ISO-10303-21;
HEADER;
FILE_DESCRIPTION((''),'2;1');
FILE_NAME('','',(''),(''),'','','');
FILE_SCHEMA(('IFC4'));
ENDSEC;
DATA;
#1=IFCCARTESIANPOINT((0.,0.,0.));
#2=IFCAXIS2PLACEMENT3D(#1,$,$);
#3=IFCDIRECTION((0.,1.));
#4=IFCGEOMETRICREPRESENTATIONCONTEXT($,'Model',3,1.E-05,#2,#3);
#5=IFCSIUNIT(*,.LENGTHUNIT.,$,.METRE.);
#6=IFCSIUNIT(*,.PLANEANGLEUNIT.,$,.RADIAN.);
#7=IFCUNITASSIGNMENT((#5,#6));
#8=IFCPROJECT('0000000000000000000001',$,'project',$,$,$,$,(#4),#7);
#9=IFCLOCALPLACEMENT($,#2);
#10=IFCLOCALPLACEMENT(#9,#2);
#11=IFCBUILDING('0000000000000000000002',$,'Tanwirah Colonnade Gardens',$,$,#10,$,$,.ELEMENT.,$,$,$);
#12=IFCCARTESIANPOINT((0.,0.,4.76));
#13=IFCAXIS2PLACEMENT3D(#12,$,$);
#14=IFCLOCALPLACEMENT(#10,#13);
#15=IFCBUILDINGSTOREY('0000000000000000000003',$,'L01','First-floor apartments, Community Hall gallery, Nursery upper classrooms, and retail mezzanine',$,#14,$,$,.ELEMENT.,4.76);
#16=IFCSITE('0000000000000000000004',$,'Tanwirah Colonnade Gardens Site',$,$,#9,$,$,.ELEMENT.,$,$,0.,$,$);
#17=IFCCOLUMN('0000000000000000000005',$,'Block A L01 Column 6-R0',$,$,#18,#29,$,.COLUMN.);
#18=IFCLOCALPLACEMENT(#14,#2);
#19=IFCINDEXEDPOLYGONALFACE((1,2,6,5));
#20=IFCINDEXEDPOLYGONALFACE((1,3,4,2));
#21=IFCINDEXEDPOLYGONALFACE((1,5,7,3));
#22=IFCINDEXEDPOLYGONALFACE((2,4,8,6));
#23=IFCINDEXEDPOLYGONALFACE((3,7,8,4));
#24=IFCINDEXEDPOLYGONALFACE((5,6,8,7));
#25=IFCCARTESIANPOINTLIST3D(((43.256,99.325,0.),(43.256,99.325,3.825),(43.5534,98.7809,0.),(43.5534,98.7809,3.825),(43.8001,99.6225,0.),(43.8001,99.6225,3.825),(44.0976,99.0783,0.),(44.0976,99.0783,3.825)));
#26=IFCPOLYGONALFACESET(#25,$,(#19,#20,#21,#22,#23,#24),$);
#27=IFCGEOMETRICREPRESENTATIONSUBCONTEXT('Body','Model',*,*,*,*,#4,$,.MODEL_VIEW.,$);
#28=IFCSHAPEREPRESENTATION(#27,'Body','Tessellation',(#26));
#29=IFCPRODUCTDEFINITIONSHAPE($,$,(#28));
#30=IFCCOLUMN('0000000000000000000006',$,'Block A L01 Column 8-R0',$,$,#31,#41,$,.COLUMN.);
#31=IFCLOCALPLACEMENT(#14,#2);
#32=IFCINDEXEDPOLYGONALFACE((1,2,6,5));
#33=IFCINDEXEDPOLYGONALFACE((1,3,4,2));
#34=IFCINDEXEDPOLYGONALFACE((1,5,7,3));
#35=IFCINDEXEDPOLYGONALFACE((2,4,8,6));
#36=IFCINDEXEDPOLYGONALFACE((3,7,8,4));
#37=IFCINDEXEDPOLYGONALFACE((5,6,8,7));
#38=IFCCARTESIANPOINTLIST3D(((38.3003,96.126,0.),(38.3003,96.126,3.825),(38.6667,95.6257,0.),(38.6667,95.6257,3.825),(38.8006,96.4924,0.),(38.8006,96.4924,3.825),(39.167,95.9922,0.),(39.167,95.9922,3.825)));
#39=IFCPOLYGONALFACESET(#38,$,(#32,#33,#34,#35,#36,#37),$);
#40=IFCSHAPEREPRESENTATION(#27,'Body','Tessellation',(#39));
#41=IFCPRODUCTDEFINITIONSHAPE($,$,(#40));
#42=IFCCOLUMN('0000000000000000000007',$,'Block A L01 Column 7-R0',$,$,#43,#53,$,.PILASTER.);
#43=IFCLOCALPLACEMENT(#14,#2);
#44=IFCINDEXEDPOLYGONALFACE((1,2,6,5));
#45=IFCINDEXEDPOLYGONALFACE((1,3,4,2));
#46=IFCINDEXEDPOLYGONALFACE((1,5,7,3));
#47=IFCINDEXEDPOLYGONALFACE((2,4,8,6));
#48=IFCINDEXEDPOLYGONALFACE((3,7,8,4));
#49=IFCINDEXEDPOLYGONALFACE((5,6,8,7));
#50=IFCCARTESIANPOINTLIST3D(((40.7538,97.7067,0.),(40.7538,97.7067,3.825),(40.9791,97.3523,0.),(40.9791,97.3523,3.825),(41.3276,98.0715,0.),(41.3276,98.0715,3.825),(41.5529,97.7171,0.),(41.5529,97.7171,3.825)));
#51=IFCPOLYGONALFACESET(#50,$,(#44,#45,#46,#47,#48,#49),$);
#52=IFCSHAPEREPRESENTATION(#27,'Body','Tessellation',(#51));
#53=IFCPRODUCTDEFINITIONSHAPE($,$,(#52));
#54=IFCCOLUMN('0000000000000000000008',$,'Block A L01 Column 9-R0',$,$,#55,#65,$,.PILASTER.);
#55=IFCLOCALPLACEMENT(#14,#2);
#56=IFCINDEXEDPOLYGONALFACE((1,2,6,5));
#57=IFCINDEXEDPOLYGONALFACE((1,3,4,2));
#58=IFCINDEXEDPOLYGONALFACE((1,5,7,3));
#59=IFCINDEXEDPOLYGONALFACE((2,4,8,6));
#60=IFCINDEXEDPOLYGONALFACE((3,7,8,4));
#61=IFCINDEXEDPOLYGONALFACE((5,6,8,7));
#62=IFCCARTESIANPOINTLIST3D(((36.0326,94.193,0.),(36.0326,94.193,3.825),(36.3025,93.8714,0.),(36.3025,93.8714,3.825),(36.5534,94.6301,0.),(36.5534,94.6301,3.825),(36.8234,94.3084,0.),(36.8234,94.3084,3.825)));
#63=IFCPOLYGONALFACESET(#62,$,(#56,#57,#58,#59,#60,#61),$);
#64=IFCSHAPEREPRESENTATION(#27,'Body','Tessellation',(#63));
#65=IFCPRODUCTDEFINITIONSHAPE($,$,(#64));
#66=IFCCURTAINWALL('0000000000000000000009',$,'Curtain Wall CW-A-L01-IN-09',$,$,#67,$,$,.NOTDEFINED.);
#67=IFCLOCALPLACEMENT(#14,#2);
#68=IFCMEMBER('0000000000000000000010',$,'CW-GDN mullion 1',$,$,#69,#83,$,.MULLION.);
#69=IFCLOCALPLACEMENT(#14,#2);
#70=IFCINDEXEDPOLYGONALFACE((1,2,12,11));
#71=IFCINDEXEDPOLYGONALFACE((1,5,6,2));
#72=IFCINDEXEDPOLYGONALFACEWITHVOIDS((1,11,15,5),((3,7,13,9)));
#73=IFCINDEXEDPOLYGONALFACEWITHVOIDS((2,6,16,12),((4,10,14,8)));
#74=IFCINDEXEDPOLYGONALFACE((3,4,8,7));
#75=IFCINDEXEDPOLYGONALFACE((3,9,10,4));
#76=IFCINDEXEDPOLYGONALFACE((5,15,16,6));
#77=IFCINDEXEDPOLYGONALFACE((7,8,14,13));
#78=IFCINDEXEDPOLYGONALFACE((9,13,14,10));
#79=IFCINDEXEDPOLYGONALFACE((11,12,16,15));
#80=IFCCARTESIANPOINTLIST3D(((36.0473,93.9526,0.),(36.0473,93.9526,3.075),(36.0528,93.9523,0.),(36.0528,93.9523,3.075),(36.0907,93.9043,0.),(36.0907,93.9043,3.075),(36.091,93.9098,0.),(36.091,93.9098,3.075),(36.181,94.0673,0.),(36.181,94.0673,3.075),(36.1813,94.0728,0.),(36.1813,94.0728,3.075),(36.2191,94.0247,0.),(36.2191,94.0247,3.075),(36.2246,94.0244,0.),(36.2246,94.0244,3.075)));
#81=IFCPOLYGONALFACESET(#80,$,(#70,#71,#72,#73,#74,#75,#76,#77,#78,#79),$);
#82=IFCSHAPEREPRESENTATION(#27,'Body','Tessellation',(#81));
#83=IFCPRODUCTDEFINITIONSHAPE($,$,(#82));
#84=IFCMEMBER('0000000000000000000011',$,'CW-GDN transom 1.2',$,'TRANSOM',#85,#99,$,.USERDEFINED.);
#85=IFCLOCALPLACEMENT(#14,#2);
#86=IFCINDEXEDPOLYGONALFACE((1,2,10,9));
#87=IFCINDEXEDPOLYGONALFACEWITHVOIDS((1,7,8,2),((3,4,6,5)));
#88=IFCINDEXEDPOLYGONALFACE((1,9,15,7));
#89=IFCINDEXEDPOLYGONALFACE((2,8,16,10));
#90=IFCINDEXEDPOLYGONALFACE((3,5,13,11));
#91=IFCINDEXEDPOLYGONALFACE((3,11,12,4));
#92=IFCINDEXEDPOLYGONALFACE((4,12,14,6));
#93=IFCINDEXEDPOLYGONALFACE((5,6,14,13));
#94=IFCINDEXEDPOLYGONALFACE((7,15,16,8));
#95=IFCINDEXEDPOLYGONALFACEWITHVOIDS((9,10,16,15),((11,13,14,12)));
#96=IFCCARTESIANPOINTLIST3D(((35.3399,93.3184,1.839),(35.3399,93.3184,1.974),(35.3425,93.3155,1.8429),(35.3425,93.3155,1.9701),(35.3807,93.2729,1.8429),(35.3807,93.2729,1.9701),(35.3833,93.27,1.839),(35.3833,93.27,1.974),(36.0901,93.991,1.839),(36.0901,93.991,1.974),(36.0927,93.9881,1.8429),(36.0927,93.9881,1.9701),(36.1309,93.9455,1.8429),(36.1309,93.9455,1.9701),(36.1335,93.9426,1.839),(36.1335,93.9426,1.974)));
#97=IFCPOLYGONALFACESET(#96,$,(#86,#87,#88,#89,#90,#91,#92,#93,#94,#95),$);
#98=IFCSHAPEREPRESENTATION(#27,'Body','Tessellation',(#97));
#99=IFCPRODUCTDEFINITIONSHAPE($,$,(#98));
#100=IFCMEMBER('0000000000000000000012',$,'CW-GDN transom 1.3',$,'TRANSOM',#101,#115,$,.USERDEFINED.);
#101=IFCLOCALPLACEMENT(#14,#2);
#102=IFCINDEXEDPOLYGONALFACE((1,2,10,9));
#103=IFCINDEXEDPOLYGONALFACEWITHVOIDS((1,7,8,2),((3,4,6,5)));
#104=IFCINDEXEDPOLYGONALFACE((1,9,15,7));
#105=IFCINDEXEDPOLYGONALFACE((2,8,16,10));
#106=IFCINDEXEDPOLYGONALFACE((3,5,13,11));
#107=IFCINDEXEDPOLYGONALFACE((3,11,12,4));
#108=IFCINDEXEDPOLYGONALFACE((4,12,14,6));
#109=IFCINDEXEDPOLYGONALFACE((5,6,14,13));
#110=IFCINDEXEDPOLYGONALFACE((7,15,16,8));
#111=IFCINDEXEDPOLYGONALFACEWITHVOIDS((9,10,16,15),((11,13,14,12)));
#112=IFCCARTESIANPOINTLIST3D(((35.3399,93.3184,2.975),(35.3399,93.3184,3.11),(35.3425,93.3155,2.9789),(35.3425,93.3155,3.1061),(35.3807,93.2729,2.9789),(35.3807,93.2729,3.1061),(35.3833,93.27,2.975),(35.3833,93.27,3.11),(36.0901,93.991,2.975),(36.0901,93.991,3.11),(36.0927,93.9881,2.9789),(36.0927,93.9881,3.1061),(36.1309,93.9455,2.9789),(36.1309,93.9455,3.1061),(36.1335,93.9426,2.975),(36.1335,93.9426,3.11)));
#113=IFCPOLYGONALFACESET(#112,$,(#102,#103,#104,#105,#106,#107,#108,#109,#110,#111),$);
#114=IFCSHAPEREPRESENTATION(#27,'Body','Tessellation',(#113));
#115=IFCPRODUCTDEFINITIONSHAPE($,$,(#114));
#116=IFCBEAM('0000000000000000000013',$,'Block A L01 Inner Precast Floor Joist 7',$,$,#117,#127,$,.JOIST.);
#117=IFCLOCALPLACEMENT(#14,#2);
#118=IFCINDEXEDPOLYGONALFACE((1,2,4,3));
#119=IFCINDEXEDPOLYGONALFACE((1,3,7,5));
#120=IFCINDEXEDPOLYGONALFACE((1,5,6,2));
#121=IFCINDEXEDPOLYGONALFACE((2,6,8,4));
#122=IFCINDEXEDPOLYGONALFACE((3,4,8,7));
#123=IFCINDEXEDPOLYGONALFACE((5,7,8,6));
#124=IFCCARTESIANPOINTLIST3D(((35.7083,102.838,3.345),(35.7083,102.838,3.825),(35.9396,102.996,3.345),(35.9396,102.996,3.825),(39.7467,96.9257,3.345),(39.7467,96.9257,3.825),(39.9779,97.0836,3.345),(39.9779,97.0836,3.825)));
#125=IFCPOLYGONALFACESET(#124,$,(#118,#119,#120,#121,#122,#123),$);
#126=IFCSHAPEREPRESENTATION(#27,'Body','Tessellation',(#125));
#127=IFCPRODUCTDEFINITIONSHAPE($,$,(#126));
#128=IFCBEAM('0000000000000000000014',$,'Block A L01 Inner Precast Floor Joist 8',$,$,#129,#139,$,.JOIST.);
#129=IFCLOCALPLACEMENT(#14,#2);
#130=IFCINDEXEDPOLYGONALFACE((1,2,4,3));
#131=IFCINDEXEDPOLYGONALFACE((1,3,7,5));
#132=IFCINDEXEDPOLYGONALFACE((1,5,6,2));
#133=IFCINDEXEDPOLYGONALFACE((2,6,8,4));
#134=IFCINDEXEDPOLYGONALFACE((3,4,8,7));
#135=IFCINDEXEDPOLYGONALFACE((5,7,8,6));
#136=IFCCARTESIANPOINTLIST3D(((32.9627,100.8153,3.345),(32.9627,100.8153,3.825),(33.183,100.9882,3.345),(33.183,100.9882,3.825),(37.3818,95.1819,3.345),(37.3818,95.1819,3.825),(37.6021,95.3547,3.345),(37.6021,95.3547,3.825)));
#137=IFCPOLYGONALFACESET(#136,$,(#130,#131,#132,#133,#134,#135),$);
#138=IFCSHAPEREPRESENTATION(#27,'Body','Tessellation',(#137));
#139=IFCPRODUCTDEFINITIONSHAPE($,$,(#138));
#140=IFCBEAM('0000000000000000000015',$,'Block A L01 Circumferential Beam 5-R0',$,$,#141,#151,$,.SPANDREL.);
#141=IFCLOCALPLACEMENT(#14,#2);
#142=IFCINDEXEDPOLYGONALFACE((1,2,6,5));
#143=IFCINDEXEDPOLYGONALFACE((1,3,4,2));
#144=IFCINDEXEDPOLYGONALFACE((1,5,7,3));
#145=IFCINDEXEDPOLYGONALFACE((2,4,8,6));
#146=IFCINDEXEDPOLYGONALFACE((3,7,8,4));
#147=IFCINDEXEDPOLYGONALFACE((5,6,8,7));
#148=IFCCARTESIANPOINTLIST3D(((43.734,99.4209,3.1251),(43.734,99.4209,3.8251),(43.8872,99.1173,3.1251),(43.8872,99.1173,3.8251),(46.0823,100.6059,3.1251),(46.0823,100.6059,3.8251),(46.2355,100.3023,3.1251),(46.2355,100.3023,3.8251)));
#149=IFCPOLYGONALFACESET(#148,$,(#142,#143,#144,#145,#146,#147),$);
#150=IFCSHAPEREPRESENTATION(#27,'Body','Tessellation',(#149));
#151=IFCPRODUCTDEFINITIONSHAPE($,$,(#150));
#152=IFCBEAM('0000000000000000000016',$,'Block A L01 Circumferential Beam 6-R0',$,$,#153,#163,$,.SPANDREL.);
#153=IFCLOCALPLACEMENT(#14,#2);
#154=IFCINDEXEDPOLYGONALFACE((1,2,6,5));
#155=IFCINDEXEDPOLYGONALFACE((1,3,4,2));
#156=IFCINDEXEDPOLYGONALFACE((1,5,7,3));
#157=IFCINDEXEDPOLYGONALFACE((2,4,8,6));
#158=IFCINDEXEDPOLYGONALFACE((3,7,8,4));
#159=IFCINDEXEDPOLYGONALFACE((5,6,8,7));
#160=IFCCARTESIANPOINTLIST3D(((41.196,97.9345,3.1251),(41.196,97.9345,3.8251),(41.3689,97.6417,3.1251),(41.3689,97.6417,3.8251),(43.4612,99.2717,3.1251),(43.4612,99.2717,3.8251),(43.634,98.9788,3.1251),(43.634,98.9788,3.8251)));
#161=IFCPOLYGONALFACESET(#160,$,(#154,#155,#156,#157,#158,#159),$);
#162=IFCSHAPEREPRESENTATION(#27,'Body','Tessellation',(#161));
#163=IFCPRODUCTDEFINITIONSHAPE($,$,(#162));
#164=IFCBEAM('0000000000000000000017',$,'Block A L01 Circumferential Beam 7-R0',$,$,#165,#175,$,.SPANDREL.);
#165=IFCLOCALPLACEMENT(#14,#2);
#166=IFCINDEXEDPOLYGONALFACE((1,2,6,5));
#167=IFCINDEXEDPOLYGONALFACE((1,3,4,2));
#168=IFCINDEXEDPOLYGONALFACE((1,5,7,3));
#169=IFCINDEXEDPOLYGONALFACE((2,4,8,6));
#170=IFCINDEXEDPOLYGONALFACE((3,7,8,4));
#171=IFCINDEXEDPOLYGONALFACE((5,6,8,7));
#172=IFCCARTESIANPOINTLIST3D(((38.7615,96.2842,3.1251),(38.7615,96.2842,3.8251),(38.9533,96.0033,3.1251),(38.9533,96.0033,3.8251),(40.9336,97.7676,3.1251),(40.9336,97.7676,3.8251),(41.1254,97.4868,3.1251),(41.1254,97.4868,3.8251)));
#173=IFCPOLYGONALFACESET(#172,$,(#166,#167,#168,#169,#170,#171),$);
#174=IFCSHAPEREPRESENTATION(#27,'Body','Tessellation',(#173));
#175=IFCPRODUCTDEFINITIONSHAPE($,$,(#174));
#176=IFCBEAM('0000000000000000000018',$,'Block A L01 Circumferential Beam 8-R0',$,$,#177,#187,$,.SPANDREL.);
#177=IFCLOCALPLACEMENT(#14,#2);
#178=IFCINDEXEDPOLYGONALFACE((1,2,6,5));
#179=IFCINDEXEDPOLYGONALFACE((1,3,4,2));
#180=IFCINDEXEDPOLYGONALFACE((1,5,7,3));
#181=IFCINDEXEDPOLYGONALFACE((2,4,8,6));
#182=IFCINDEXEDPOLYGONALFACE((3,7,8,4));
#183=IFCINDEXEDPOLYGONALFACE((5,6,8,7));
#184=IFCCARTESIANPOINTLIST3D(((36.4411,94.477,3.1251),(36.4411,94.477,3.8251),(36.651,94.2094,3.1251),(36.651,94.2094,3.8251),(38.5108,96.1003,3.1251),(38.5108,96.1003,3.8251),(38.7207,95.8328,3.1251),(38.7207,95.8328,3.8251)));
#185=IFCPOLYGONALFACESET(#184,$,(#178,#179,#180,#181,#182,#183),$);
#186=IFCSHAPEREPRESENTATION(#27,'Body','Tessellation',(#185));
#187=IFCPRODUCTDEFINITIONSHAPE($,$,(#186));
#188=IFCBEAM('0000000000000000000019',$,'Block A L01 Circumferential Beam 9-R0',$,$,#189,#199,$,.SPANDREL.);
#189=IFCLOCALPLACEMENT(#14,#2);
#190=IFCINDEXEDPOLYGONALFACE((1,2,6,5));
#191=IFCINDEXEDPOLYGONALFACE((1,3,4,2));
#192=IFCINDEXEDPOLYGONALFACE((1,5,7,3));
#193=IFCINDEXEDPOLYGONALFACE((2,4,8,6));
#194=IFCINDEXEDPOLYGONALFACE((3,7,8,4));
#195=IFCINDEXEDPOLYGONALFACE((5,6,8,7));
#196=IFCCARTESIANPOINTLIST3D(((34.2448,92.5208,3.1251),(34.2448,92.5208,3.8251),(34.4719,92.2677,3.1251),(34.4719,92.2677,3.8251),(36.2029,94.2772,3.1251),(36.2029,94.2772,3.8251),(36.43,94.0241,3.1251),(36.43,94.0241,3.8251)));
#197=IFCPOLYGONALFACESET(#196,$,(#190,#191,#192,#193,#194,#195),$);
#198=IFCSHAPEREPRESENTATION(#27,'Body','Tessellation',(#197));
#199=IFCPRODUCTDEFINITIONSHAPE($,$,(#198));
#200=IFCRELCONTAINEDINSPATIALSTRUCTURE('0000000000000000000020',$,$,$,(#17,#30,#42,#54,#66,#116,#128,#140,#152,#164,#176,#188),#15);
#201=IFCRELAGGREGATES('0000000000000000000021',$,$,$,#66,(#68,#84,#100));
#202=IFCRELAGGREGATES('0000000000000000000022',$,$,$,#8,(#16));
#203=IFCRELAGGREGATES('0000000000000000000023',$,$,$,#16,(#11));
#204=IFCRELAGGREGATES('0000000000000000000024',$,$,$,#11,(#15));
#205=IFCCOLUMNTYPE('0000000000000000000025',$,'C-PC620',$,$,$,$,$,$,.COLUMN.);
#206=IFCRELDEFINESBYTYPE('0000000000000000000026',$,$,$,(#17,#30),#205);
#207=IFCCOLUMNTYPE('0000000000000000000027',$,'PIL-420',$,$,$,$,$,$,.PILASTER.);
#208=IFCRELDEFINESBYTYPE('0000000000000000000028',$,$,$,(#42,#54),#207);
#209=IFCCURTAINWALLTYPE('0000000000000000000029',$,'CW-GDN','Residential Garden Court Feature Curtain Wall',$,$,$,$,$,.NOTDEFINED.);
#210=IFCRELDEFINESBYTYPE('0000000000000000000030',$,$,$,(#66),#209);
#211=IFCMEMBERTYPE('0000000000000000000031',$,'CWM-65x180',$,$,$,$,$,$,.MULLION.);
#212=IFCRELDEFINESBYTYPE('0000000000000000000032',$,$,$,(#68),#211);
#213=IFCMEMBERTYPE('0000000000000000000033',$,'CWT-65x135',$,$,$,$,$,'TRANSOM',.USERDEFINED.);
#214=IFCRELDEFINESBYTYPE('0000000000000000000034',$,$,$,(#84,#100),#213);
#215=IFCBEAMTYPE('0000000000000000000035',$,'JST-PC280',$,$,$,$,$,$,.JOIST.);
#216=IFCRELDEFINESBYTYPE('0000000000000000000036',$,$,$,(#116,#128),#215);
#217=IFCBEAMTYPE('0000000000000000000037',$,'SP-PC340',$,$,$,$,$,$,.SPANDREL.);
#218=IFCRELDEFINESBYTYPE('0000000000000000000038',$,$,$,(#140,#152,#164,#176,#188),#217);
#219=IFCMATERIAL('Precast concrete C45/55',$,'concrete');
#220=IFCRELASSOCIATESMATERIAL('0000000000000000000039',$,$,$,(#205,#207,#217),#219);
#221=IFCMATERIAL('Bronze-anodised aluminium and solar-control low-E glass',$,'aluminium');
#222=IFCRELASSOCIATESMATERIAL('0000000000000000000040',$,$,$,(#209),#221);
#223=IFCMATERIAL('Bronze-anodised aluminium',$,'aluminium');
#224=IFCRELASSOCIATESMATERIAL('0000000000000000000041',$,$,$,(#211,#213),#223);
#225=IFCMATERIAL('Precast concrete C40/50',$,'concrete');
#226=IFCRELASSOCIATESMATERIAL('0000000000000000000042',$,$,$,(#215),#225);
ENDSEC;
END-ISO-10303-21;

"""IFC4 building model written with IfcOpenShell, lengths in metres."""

from ifc_helpers import new_model, si_unit, direction, frame, origin, origin_2d, place, context, subcontext, project, spatial, rectangle, hollow_rectangle, extrude, material, material_profile, profile_set, type_object, element, aggregate, save


model = new_model("IFC4")

# Units and contexts
model_context = context("Model", 3, precision=1e-05, world=origin(), true_north=direction((0.0, 1.0)))
body_context = subcontext(model_context, "Body", "Model", "MODEL_VIEW")
ifc_project = project(units=[si_unit("LENGTHUNIT", "METRE"), si_unit("PLANEANGLEUNIT", "RADIAN")], contexts=[model_context])

# Site, building, storey
site_placement = place(None, origin())
site = spatial("IfcSite", under=ifc_project, at=site_placement, Name="Tanwirah Colonnade Gardens Site", CompositionType="ELEMENT", RefElevation=0.0)
building_placement = place(site_placement, origin())
building = spatial("IfcBuilding", under=site, at=building_placement, Name="Tanwirah Colonnade Gardens", CompositionType="ELEMENT")
storey_placement = place(building_placement, frame((0.0, 0.0, 4.76)))
storey = spatial("IfcBuildingStorey", under=building, at=storey_placement, Name="L01", Description="First-floor apartments, Community Hall gallery, Nursery upper classrooms, and retail mezzanine", CompositionType="ELEMENT", Elevation=4.76)

# Columns
ifc_material_1 = material(Name="Precast concrete C45/55", Category="concrete")
ifc_material_profile_1 = material_profile(ifc_material_1, rectangle(XDim=0.6201, YDim=0.6201, at=origin_2d()), Name="PC-COL 620x620")
ifc_profile_set_1 = profile_set([ifc_material_profile_1], Name="Precast concrete C45/55")
column_type_1 = type_object("IfcColumnType", Name="C-PC620", PredefinedType="COLUMN", material=ifc_profile_set_1)
for number, where, z_axis, x_axis, name in (
    (1, (43.6768, 99.2017, 0.0), (0.0, 0.0, 1.0), (-0.479713, 0.877425, 0.0), "Block A L01 Column 6-R0"),
    (2, (38.7336, 96.0591, 0.0), (0.0, 0.0, 1.0), (-0.590919, 0.806731, 0.0), "Block A L01 Column 8-R0"),
):
    element("IfcColumn", number, at=place(storey_placement, frame(where, z_axis=z_axis, x_axis=x_axis)), inside=storey, type_object=column_type_1, Name=name, PredefinedType="COLUMN", context=body_context, shape_type="SweptSolid", body=[
        extrude(rectangle(XDim=0.6201, YDim=0.6201, at=origin_2d()), origin(), (0.0, 0.0, 1.0), 3.825),
    ])
ifc_material_profile_2 = material_profile(ifc_material_1, rectangle(XDim=0.4199, YDim=0.6799, at=origin_2d()), Name="PC-PIL 420x680")
ifc_profile_set_2 = profile_set([ifc_material_profile_2], Name="Precast concrete C45/55")
column_type_2 = type_object("IfcColumnType", Name="PIL-420", PredefinedType="PILASTER", material=ifc_profile_set_2)
for number, where, z_axis, x_axis, name in (
    (3, (41.1533, 97.7119, 0.0), (0.0, 0.0, 1.0), (-0.536482, 0.843912, 0.0), "Block A L01 Column 7-R0"),
    (4, (36.428, 94.2507, 0.0), (0.0, 0.0, 1.0), (-0.642788, 0.766044, 0.0), "Block A L01 Column 9-R0"),
):
    element("IfcColumn", number, at=place(storey_placement, frame(where, z_axis=z_axis, x_axis=x_axis)), inside=storey, type_object=column_type_2, Name=name, PredefinedType="PILASTER", context=body_context, shape_type="SweptSolid", body=[
        extrude(rectangle(XDim=0.4199, YDim=0.6799, at=origin_2d()), origin(), (0.0, 0.0, 1.0), 3.825),
    ])

# Curtain wall, members
ifc_material_2 = material(Name="Bronze-anodised aluminium and solar-control low-E glass", Category="aluminium")
curtain_wall_type = type_object("IfcCurtainWallType", Name="CW-GDN", Description="Residential Garden Court Feature Curtain Wall", PredefinedType="NOTDEFINED", material=ifc_material_2)
curtain_wall_placement = place(storey_placement, origin())
curtain_wall = element("IfcCurtainWall", 5, at=curtain_wall_placement, inside=storey, type_object=curtain_wall_type, Name="Curtain Wall CW-A-L01-IN-09", PredefinedType="NOTDEFINED")
ifc_material_3 = material(Name="Bronze-anodised aluminium", Category="aluminium")
ifc_material_profile_3 = material_profile(ifc_material_3, hollow_rectangle(XDim=0.0649, YDim=0.1799, WallThickness=0.0039, at=origin_2d()), Name="CW-MUL 65x180x4")
ifc_profile_set_3 = profile_set([ifc_material_profile_3], Name="Bronze-anodised aluminium")
member_type_1 = type_object("IfcMemberType", Name="CWM-65x180", PredefinedType="MULLION", material=ifc_profile_set_3)
member_1_placement = place(storey_placement, frame((36.136, 93.9885, 0.0), z_axis=(0.0, 0.0, 1.0), x_axis=(0.667689, -0.74444, 0.0)))
member_1 = element("IfcMember", 6, at=member_1_placement, type_object=member_type_1, Name="CW-GDN mullion 1", PredefinedType="MULLION", context=body_context, shape_type="SweptSolid", body=[
    extrude(hollow_rectangle(XDim=0.0649, YDim=0.1799, WallThickness=0.0039, at=origin_2d()), origin(), (0.0, 0.0, 1.0), 3.075),
])
ifc_material_profile_4 = material_profile(ifc_material_3, hollow_rectangle(XDim=0.0649, YDim=0.135, WallThickness=0.0039, at=origin_2d()), Name="CW-TRN 65x135x4")
ifc_profile_set_4 = profile_set([ifc_material_profile_4], Name="Bronze-anodised aluminium")
member_type_2 = type_object("IfcMemberType", Name="CWT-65x135", ElementType="TRANSOM", PredefinedType="USERDEFINED", material=ifc_profile_set_4)
member_2_placement = place(storey_placement, frame((36.1118, 93.9668, 1.9065), z_axis=(-0.744582, -0.667531, 0.0), x_axis=(0.667531, -0.744582, 0.0)))
member_2 = element("IfcMember", 7, at=member_2_placement, type_object=member_type_2, Name="CW-GDN transom 1.2", ObjectType="TRANSOM", PredefinedType="USERDEFINED", context=body_context, shape_type="SweptSolid", body=[
    extrude(hollow_rectangle(XDim=0.0649, YDim=0.135, WallThickness=0.0039, at=origin_2d()), origin(), (0.0, 0.0, 1.0), 1.0076),
])
member_3_placement = place(storey_placement, frame((36.1118, 93.9668, 3.0425), z_axis=(-0.744582, -0.667531, 0.0), x_axis=(0.667531, -0.744582, 0.0)))
member_3 = element("IfcMember", 8, at=member_3_placement, type_object=member_type_2, Name="CW-GDN transom 1.3", ObjectType="TRANSOM", PredefinedType="USERDEFINED", context=body_context, shape_type="SweptSolid", body=[
    extrude(hollow_rectangle(XDim=0.0649, YDim=0.135, WallThickness=0.0039, at=origin_2d()), origin(), (0.0, 0.0, 1.0), 1.0076),
])
aggregate(curtain_wall, [member_1, member_2, member_3])

# Beams
ifc_material_4 = material(Name="Precast concrete C40/50", Category="concrete")
ifc_material_profile_5 = material_profile(ifc_material_4, rectangle(XDim=0.28, YDim=0.48, at=origin_2d()), Name="PC-JST 280x480")
ifc_profile_set_5 = profile_set([ifc_material_profile_5], Name="Precast concrete C40/50")
beam_type_1 = type_object("IfcBeamType", Name="JST-PC280", PredefinedType="JOIST", material=ifc_profile_set_5)
for number, where, z_axis, x_axis, name in (
    (9, (39.8623, 97.0046, 3.585), (-0.564021, 0.82576, 0.0), (-0.82576, -0.564021, 0.0), "Block A L01 Inner Precast Floor Joist 7"),
    (10, (37.4919, 95.2683, 3.585), (-0.617202, 0.786804, 0.0), (-0.786804, -0.617202, 0.0), "Block A L01 Inner Precast Floor Joist 8"),
):
    element("IfcBeam", number, at=place(storey_placement, frame(where, z_axis=z_axis, x_axis=x_axis)), inside=storey, type_object=beam_type_1, Name=name, PredefinedType="JOIST", context=body_context, shape_type="SweptSolid", body=[
        extrude(rectangle(XDim=0.28, YDim=0.48, at=origin_2d()), origin(), (0.0, 0.0, 1.0), 7.1599),
    ])
ifc_material_profile_6 = material_profile(ifc_material_1, rectangle(XDim=0.3401, YDim=0.7, at=origin_2d()), Name="PC-SP 340x700")
ifc_profile_set_6 = profile_set([ifc_material_profile_6], Name="Precast concrete C45/55")
beam_type_2 = type_object("IfcBeamType", Name="SP-PC340", PredefinedType="SPANDREL", material=ifc_profile_set_6)
for number, where, z_axis, x_axis, name in (
    (11, (46.1589, 100.4541, 3.4751), (-0.892769, -0.450515, 0.0), (0.450515, -0.892769, 0.0), "Block A L01 Circumferential Beam 5-R0"),
    (12, (43.5476, 99.1252, 3.4751), (-0.861148, -0.508354, 0.0), (0.508354, -0.861148, 0.0), "Block A L01 Circumferential Beam 6-R0"),
    (13, (41.0295, 97.6272, 3.4751), (-0.825801, -0.563962, 0.0), (0.563962, -0.825801, 0.0), "Block A L01 Circumferential Beam 7-R0"),
    (14, (38.6157, 95.9666, 3.4751), (-0.786837, -0.617161, 0.0), (0.617161, -0.786837, 0.0), "Block A L01 Circumferential Beam 8-R0"),
    (15, (36.3164, 94.1506, 3.4751), (-0.744401, -0.667733, 0.0), (0.667733, -0.744401, 0.0), "Block A L01 Circumferential Beam 9-R0"),
):
    element("IfcBeam", number, at=place(storey_placement, frame(where, z_axis=z_axis, x_axis=x_axis)), inside=storey, type_object=beam_type_2, Name=name, PredefinedType="SPANDREL", context=body_context, shape_type="SweptSolid", body=[
        extrude(rectangle(XDim=0.3401, YDim=0.7, at=origin_2d()), origin(), (0.0, 0.0, 1.0), 2.6304),
    ])

save(model, "model.ifc")
